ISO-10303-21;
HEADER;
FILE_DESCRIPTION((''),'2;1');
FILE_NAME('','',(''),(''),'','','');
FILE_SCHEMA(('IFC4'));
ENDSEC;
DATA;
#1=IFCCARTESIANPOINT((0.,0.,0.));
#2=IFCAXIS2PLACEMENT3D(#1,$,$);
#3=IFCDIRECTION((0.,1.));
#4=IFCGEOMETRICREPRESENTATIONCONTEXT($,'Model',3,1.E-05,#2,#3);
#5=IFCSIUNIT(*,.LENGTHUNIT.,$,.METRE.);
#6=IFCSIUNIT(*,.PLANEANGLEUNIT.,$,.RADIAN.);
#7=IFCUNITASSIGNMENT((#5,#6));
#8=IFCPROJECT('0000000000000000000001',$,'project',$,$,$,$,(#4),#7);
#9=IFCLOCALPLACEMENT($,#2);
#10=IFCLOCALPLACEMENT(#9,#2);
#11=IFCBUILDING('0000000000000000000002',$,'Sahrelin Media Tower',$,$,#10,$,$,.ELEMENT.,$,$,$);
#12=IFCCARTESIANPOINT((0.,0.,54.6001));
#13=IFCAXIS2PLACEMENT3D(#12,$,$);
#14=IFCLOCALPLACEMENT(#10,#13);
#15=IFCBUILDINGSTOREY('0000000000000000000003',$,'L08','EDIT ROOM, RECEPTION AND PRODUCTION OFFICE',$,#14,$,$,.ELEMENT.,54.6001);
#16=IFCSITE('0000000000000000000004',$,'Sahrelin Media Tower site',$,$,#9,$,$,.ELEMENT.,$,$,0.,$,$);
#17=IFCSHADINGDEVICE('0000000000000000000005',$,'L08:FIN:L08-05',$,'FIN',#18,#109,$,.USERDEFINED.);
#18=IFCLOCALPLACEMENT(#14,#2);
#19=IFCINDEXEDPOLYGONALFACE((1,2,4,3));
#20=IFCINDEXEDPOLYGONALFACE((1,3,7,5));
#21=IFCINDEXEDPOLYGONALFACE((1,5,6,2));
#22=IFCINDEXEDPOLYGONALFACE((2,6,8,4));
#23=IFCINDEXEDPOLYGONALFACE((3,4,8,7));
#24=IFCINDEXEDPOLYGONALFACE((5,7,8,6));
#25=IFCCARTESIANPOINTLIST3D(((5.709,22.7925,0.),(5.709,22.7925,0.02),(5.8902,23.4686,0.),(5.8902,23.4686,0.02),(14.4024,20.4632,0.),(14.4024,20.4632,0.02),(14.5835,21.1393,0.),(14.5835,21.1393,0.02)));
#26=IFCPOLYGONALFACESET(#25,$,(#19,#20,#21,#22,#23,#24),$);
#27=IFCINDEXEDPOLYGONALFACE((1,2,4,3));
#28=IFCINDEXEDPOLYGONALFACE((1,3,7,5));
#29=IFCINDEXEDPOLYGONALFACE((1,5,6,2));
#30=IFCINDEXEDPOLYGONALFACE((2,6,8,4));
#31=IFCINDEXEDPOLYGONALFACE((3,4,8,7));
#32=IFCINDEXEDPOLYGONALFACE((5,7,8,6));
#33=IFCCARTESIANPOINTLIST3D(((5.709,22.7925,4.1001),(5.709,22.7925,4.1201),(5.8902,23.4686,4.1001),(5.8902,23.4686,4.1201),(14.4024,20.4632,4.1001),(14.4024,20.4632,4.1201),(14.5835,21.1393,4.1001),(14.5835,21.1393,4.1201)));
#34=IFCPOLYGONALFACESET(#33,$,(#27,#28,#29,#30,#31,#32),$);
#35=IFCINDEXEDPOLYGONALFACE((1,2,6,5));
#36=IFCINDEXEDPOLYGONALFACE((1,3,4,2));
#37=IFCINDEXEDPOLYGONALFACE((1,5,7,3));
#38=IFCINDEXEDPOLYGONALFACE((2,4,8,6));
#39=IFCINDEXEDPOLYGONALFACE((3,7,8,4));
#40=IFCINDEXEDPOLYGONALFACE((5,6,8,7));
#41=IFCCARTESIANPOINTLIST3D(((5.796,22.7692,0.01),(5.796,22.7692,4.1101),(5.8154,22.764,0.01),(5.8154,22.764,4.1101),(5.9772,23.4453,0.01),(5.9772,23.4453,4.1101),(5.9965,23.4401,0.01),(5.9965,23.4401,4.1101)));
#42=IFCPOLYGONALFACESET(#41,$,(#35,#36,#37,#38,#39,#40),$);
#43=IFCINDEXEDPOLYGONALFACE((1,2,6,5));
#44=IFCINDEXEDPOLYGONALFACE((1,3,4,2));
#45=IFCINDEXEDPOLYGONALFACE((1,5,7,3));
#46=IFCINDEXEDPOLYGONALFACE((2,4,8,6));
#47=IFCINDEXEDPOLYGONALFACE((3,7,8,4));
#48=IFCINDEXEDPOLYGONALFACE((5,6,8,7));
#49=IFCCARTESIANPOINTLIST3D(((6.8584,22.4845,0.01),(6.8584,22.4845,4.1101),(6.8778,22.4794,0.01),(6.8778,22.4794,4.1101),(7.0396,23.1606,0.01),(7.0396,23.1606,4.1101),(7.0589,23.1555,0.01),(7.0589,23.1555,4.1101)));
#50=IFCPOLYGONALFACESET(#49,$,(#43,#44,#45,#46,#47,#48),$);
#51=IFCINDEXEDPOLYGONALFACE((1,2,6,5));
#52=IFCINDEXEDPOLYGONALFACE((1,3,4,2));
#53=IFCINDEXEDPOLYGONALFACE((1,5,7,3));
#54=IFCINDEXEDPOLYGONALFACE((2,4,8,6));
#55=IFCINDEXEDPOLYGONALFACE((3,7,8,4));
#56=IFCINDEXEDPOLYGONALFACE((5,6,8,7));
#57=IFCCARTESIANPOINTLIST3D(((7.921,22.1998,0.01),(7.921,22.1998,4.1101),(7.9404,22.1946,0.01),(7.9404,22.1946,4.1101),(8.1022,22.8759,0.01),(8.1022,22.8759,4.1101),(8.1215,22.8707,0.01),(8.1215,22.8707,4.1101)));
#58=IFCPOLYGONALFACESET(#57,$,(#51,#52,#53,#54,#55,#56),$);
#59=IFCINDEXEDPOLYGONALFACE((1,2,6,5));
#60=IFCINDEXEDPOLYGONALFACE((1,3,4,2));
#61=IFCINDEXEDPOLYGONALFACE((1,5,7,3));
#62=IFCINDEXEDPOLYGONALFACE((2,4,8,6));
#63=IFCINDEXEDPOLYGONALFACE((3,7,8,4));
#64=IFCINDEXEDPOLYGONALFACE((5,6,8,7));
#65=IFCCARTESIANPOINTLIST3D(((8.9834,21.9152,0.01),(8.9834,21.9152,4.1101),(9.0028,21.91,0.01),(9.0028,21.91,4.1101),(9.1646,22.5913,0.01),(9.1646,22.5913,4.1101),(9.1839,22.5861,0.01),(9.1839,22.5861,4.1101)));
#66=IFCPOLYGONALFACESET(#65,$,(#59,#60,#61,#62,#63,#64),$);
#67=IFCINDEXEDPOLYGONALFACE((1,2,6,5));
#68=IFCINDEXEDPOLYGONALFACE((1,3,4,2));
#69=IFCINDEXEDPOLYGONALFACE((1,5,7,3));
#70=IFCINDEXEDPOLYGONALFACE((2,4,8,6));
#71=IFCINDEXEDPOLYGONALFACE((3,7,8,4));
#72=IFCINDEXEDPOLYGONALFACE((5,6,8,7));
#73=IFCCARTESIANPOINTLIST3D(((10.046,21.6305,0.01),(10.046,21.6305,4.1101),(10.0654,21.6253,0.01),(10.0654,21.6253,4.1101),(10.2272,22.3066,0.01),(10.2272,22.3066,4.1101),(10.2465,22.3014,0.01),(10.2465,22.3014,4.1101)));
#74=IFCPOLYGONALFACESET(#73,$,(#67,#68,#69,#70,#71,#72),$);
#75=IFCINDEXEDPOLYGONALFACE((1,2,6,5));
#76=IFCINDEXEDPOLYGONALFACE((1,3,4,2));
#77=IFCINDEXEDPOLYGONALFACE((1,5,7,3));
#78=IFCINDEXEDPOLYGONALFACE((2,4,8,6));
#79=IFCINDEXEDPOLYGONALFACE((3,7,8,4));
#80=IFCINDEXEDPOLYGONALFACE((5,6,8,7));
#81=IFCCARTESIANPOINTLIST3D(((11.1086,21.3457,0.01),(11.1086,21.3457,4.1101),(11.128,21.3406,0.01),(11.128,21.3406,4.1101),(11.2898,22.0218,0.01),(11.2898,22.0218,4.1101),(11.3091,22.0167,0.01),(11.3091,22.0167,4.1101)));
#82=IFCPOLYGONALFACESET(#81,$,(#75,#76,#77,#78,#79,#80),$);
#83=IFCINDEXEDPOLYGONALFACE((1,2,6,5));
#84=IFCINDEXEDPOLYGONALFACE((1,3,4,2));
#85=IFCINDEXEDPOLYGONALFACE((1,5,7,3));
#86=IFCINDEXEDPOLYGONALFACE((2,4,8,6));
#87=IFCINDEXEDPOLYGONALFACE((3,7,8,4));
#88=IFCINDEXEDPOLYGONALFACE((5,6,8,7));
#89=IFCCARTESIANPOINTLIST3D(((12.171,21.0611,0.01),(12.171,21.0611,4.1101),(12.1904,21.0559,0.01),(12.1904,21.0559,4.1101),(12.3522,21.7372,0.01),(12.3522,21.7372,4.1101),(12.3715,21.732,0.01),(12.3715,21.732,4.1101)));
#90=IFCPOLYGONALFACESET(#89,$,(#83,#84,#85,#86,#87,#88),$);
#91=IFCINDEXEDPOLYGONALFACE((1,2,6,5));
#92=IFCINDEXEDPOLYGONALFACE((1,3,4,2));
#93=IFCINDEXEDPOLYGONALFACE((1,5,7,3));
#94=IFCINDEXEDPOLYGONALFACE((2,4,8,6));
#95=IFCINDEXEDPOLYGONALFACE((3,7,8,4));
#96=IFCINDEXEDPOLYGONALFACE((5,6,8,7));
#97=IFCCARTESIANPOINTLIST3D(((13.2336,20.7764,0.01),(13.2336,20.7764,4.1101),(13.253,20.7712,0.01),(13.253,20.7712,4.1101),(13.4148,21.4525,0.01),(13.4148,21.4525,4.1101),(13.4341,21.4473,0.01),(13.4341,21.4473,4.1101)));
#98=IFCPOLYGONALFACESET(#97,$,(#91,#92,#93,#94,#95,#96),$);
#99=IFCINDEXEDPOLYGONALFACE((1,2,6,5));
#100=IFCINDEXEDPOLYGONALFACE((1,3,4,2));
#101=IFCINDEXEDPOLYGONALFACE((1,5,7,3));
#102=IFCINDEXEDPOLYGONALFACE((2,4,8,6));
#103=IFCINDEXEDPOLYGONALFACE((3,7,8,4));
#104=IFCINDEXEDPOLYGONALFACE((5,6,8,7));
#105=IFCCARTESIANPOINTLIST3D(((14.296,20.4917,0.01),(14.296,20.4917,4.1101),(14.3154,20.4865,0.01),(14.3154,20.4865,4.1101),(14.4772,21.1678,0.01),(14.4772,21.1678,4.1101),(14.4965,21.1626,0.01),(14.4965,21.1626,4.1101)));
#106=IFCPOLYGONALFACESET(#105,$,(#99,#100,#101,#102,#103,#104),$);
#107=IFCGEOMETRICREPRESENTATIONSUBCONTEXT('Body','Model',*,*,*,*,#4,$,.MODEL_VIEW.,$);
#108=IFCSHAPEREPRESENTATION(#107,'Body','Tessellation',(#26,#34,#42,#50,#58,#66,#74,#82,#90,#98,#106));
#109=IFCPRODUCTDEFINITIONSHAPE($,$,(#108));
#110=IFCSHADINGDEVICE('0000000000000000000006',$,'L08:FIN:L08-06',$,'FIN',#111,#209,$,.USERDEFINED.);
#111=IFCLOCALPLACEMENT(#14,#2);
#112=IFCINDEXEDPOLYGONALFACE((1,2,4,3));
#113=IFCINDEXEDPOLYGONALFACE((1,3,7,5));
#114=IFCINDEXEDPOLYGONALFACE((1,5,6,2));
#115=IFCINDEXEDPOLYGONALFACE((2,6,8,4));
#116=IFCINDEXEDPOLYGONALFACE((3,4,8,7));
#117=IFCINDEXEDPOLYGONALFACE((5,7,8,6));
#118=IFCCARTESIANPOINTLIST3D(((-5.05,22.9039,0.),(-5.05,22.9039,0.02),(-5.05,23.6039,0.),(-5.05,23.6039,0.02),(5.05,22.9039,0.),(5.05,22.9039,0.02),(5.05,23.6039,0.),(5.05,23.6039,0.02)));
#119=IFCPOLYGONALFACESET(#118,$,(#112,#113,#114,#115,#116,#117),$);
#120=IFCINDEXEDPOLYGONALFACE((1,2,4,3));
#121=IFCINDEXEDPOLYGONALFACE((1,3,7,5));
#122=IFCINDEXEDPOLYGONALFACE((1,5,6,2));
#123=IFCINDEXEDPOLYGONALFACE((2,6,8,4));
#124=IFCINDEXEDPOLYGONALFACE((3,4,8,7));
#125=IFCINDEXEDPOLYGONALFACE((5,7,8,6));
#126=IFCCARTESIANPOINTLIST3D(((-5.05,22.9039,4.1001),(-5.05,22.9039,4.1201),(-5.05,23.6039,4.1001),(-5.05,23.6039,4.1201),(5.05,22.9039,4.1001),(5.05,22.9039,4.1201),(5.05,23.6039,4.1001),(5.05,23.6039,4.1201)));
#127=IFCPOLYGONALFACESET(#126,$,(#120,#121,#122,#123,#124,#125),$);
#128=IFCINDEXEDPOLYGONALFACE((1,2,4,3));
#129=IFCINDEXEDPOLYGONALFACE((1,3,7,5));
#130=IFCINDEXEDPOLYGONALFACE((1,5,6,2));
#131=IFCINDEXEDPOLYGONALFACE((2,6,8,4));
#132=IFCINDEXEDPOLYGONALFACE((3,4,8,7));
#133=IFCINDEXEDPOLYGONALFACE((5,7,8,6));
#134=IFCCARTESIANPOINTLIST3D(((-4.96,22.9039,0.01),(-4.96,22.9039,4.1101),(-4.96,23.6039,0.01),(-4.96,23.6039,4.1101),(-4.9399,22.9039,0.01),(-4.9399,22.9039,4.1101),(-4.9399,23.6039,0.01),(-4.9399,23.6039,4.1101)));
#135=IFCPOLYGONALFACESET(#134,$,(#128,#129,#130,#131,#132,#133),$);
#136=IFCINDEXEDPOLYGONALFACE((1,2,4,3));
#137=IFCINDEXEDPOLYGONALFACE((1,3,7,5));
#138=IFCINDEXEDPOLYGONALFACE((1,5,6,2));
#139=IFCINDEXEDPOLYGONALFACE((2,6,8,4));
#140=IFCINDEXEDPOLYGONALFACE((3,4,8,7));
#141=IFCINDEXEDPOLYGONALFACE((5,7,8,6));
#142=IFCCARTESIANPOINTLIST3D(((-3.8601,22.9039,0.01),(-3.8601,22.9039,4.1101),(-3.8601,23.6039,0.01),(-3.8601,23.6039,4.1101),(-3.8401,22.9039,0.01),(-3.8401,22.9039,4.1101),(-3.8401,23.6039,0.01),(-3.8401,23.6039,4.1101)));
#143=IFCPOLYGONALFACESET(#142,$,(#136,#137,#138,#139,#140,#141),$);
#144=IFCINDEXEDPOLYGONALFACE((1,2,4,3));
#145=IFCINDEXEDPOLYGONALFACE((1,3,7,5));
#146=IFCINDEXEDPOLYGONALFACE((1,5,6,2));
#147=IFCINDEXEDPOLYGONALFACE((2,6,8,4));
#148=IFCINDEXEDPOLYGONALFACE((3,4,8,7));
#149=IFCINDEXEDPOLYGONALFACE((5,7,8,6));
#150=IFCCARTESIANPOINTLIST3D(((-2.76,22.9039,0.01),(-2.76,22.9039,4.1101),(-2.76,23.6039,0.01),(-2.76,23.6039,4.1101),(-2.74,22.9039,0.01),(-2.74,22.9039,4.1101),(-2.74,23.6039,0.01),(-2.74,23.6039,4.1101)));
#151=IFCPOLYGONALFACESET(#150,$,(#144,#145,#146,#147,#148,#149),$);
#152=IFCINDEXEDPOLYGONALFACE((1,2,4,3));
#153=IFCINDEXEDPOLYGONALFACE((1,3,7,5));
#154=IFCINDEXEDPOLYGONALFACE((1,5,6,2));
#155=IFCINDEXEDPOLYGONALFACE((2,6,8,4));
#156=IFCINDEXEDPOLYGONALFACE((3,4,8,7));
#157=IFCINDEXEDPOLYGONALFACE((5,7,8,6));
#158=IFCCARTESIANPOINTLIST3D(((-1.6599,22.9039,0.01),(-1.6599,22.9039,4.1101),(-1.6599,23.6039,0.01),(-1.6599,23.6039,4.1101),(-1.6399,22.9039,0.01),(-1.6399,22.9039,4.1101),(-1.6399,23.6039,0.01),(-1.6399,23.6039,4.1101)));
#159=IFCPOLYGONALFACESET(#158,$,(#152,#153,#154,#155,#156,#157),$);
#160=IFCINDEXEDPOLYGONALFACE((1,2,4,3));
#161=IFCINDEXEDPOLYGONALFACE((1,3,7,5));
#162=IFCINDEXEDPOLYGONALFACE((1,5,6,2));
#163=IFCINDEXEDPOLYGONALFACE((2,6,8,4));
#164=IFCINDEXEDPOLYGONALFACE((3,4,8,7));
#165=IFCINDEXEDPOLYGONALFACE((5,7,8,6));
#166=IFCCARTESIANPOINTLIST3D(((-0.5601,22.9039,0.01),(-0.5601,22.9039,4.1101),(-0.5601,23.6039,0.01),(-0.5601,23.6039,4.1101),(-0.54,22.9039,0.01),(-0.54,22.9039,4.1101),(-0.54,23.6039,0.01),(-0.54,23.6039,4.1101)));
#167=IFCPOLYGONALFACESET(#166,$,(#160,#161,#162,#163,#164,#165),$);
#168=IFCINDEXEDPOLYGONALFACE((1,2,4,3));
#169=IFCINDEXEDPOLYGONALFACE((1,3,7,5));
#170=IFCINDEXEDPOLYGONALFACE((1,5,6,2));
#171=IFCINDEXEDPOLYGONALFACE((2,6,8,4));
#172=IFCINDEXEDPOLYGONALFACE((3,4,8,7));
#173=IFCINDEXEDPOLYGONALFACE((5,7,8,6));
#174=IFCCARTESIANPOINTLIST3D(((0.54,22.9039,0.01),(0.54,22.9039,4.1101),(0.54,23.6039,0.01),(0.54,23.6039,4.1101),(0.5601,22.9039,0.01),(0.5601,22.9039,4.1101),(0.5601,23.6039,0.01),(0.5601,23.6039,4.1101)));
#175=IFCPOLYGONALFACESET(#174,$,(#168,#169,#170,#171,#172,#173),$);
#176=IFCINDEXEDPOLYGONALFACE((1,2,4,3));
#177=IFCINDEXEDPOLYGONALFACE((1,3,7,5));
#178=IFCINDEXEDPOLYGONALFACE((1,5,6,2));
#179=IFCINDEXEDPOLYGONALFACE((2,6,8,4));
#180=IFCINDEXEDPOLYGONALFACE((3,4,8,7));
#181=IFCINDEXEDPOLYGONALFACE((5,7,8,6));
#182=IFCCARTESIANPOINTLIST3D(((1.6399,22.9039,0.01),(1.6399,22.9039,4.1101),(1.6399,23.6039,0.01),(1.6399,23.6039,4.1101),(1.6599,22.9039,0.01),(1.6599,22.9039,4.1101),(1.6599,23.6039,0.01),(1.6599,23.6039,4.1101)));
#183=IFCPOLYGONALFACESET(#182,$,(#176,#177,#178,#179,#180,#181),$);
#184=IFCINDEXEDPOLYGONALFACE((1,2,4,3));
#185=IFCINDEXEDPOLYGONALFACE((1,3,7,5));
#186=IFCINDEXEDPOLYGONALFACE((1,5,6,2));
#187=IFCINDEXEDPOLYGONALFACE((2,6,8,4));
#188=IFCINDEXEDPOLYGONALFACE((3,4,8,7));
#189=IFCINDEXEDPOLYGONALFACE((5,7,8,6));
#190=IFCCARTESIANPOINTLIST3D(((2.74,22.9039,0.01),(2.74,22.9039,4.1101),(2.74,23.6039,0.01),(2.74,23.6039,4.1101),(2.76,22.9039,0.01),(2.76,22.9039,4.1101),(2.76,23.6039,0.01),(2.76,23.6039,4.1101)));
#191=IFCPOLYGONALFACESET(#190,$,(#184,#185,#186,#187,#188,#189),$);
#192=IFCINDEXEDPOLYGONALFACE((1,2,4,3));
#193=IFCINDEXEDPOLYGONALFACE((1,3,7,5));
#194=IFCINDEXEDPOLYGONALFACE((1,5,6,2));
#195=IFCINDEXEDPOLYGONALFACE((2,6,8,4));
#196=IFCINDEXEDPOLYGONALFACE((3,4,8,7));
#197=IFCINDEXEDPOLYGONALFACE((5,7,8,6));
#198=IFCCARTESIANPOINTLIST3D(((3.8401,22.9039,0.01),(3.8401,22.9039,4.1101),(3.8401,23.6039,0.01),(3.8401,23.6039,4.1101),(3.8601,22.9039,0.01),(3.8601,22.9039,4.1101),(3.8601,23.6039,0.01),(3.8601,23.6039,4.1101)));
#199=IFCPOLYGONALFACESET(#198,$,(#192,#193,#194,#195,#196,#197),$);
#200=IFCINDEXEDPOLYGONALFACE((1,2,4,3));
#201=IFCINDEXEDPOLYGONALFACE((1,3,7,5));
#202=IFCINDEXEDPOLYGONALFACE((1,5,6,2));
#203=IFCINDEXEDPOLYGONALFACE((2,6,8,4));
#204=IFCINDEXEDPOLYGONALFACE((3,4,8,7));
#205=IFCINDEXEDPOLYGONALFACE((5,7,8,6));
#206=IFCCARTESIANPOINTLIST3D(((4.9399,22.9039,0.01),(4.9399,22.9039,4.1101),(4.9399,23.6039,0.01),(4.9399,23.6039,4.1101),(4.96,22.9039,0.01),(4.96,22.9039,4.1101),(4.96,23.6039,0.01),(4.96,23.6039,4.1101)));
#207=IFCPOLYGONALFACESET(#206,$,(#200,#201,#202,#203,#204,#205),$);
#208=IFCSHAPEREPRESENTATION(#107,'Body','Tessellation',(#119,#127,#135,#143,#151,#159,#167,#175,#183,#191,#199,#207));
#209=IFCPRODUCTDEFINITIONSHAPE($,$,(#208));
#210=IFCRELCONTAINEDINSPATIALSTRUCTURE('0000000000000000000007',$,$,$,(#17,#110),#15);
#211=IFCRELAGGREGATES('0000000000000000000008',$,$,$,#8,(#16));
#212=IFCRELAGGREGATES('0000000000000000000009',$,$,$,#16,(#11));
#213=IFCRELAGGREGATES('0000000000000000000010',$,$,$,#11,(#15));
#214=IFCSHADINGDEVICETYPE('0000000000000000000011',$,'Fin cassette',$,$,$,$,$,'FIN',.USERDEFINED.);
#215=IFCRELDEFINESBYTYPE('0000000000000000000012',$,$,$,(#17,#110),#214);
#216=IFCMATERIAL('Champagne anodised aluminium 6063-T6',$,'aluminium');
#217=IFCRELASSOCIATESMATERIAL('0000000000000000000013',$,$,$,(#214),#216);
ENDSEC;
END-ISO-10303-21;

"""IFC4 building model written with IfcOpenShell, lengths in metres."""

from ifc_helpers import new_model, si_unit, direction, frame, origin, origin_2d, place, context, subcontext, project, spatial, rectangle, extrude, material, type_object, element, save


model = new_model("IFC4")

# Units and contexts
model_context = context("Model", 3, precision=1e-05, world=origin(), true_north=direction((0.0, 1.0)))
body_context = subcontext(model_context, "Body", "Model", "MODEL_VIEW")
ifc_project = project(units=[si_unit("LENGTHUNIT", "METRE"), si_unit("PLANEANGLEUNIT", "RADIAN")], contexts=[model_context])

# Site, building, storey
site_placement = place(None, origin())
site = spatial("IfcSite", under=ifc_project, at=site_placement, Name="Sahrelin Media Tower site", CompositionType="ELEMENT", RefElevation=0.0)
building_placement = place(site_placement, origin())
building = spatial("IfcBuilding", under=site, at=building_placement, Name="Sahrelin Media Tower", CompositionType="ELEMENT")
storey_placement = place(building_placement, frame((0.0, 0.0, 54.6001)))
storey = spatial("IfcBuildingStorey", under=building, at=storey_placement, Name="L08", Description="EDIT ROOM, RECEPTION AND PRODUCTION OFFICE", CompositionType="ELEMENT", Elevation=54.6001)

# Shared definitions
ifc_material_1 = material(Name="Champagne anodised aluminium 6063-T6", Category="aluminium")

# Shared definitions
placement_1 = place(storey_placement, frame((0.0, 22.834, 0.0), z_axis=(0.0, 0.0, 1.0), x_axis=(1.0, 0.0, 0.0)))

# Shading devices
shading_device_type_1 = type_object("IfcShadingDeviceType", Name="Fin cassette", ElementType="FIN", PredefinedType="USERDEFINED", material=ifc_material_1)
placement_2 = place(storey_placement, frame((10.0376, 21.5603, 0.0), z_axis=(0.0, 0.0, 1.0), x_axis=(0.965929, -0.258808, 0.0)))
element("IfcShadingDevice", 1, at=placement_2, inside=storey, type_object=shading_device_type_1, Name="L08:FIN:L08-05", ObjectType="FIN", PredefinedType="USERDEFINED", context=body_context, shape_type="SweptSolid", body=[
    extrude(rectangle(XDim=9.0, YDim=0.7, at=origin_2d()), frame((0.0, 0.4199, 0.0)), (0.0, 0.0, 1.0), 0.02),
    extrude(rectangle(XDim=9.0, YDim=0.7, at=origin_2d()), frame((0.0, 0.4199, 4.1001)), (0.0, 0.0, 1.0), 0.02),
    extrude(rectangle(XDim=0.02, YDim=0.7, at=origin_2d()), frame((-4.3999, 0.4199, 0.01), z_axis=(0.0, 0.0, 1.0), x_axis=(1.0, 0.0, 0.0)), (0.0, 0.0, 1.0), 4.1001),
    extrude(rectangle(XDim=0.02, YDim=0.7, at=origin_2d()), frame((-3.3, 0.4199, 0.01), z_axis=(0.0, 0.0, 1.0), x_axis=(1.0, 0.0, 0.0)), (0.0, 0.0, 1.0), 4.1001),
    extrude(rectangle(XDim=0.02, YDim=0.7, at=origin_2d()), frame((-2.2, 0.4199, 0.01), z_axis=(0.0, 0.0, 1.0), x_axis=(1.0, 0.0, 0.0)), (0.0, 0.0, 1.0), 4.1001),
    extrude(rectangle(XDim=0.02, YDim=0.7, at=origin_2d()), frame((-1.1001, 0.4199, 0.01), z_axis=(0.0, 0.0, 1.0), x_axis=(1.0, 0.0, 0.0)), (0.0, 0.0, 1.0), 4.1001),
    extrude(rectangle(XDim=0.02, YDim=0.7, at=origin_2d()), frame((0.0, 0.4199, 0.01), z_axis=(0.0, 0.0, 1.0), x_axis=(1.0, 0.0, 0.0)), (0.0, 0.0, 1.0), 4.1001),
    extrude(rectangle(XDim=0.02, YDim=0.7, at=origin_2d()), frame((1.1001, 0.4199, 0.01), z_axis=(0.0, 0.0, 1.0), x_axis=(1.0, 0.0, 0.0)), (0.0, 0.0, 1.0), 4.1001),
    extrude(rectangle(XDim=0.02, YDim=0.7, at=origin_2d()), frame((2.2, 0.4199, 0.01), z_axis=(0.0, 0.0, 1.0), x_axis=(1.0, 0.0, 0.0)), (0.0, 0.0, 1.0), 4.1001),
    extrude(rectangle(XDim=0.02, YDim=0.7, at=origin_2d()), frame((3.3, 0.4199, 0.01), z_axis=(0.0, 0.0, 1.0), x_axis=(1.0, 0.0, 0.0)), (0.0, 0.0, 1.0), 4.1001),
    extrude(rectangle(XDim=0.02, YDim=0.7, at=origin_2d()), frame((4.3999, 0.4199, 0.01), z_axis=(0.0, 0.0, 1.0), x_axis=(1.0, 0.0, 0.0)), (0.0, 0.0, 1.0), 4.1001),
])
element("IfcShadingDevice", 2, at=placement_1, inside=storey, type_object=shading_device_type_1, Name="L08:FIN:L08-06", ObjectType="FIN", PredefinedType="USERDEFINED", context=body_context, shape_type="SweptSolid", body=[
    extrude(rectangle(XDim=10.1001, YDim=0.7, at=origin_2d()), frame((0.0, 0.4199, 0.0)), (0.0, 0.0, 1.0), 0.02),
    extrude(rectangle(XDim=10.1001, YDim=0.7, at=origin_2d()), frame((0.0, 0.4199, 4.1001)), (0.0, 0.0, 1.0), 0.02),
    extrude(rectangle(XDim=0.02, YDim=0.7, at=origin_2d()), frame((-4.95, 0.4199, 0.01), z_axis=(0.0, 0.0, 1.0), x_axis=(1.0, 0.0, 0.0)), (0.0, 0.0, 1.0), 4.1001),
    extrude(rectangle(XDim=0.02, YDim=0.7, at=origin_2d()), frame((-3.8501, 0.4199, 0.01), z_axis=(0.0, 0.0, 1.0), x_axis=(1.0, 0.0, 0.0)), (0.0, 0.0, 1.0), 4.1001),
    extrude(rectangle(XDim=0.02, YDim=0.7, at=origin_2d()), frame((-2.75, 0.4199, 0.01), z_axis=(0.0, 0.0, 1.0), x_axis=(1.0, 0.0, 0.0)), (0.0, 0.0, 1.0), 4.1001),
    extrude(rectangle(XDim=0.02, YDim=0.7, at=origin_2d()), frame((-1.6499, 0.4199, 0.01), z_axis=(0.0, 0.0, 1.0), x_axis=(1.0, 0.0, 0.0)), (0.0, 0.0, 1.0), 4.1001),
    extrude(rectangle(XDim=0.02, YDim=0.7, at=origin_2d()), frame((-0.55, 0.4199, 0.01), z_axis=(0.0, 0.0, 1.0), x_axis=(1.0, 0.0, 0.0)), (0.0, 0.0, 1.0), 4.1001),
    extrude(rectangle(XDim=0.02, YDim=0.7, at=origin_2d()), frame((0.55, 0.4199, 0.01), z_axis=(0.0, 0.0, 1.0), x_axis=(1.0, 0.0, 0.0)), (0.0, 0.0, 1.0), 4.1001),
    extrude(rectangle(XDim=0.02, YDim=0.7, at=origin_2d()), frame((1.6499, 0.4199, 0.01), z_axis=(0.0, 0.0, 1.0), x_axis=(1.0, 0.0, 0.0)), (0.0, 0.0, 1.0), 4.1001),
    extrude(rectangle(XDim=0.02, YDim=0.7, at=origin_2d()), frame((2.75, 0.4199, 0.01), z_axis=(0.0, 0.0, 1.0), x_axis=(1.0, 0.0, 0.0)), (0.0, 0.0, 1.0), 4.1001),
    extrude(rectangle(XDim=0.02, YDim=0.7, at=origin_2d()), frame((3.8501, 0.4199, 0.01), z_axis=(0.0, 0.0, 1.0), x_axis=(1.0, 0.0, 0.0)), (0.0, 0.0, 1.0), 4.1001),
    extrude(rectangle(XDim=0.02, YDim=0.7, at=origin_2d()), frame((4.95, 0.4199, 0.01), z_axis=(0.0, 0.0, 1.0), x_axis=(1.0, 0.0, 0.0)), (0.0, 0.0, 1.0), 4.1001),
])

save(model, "model.ifc")
